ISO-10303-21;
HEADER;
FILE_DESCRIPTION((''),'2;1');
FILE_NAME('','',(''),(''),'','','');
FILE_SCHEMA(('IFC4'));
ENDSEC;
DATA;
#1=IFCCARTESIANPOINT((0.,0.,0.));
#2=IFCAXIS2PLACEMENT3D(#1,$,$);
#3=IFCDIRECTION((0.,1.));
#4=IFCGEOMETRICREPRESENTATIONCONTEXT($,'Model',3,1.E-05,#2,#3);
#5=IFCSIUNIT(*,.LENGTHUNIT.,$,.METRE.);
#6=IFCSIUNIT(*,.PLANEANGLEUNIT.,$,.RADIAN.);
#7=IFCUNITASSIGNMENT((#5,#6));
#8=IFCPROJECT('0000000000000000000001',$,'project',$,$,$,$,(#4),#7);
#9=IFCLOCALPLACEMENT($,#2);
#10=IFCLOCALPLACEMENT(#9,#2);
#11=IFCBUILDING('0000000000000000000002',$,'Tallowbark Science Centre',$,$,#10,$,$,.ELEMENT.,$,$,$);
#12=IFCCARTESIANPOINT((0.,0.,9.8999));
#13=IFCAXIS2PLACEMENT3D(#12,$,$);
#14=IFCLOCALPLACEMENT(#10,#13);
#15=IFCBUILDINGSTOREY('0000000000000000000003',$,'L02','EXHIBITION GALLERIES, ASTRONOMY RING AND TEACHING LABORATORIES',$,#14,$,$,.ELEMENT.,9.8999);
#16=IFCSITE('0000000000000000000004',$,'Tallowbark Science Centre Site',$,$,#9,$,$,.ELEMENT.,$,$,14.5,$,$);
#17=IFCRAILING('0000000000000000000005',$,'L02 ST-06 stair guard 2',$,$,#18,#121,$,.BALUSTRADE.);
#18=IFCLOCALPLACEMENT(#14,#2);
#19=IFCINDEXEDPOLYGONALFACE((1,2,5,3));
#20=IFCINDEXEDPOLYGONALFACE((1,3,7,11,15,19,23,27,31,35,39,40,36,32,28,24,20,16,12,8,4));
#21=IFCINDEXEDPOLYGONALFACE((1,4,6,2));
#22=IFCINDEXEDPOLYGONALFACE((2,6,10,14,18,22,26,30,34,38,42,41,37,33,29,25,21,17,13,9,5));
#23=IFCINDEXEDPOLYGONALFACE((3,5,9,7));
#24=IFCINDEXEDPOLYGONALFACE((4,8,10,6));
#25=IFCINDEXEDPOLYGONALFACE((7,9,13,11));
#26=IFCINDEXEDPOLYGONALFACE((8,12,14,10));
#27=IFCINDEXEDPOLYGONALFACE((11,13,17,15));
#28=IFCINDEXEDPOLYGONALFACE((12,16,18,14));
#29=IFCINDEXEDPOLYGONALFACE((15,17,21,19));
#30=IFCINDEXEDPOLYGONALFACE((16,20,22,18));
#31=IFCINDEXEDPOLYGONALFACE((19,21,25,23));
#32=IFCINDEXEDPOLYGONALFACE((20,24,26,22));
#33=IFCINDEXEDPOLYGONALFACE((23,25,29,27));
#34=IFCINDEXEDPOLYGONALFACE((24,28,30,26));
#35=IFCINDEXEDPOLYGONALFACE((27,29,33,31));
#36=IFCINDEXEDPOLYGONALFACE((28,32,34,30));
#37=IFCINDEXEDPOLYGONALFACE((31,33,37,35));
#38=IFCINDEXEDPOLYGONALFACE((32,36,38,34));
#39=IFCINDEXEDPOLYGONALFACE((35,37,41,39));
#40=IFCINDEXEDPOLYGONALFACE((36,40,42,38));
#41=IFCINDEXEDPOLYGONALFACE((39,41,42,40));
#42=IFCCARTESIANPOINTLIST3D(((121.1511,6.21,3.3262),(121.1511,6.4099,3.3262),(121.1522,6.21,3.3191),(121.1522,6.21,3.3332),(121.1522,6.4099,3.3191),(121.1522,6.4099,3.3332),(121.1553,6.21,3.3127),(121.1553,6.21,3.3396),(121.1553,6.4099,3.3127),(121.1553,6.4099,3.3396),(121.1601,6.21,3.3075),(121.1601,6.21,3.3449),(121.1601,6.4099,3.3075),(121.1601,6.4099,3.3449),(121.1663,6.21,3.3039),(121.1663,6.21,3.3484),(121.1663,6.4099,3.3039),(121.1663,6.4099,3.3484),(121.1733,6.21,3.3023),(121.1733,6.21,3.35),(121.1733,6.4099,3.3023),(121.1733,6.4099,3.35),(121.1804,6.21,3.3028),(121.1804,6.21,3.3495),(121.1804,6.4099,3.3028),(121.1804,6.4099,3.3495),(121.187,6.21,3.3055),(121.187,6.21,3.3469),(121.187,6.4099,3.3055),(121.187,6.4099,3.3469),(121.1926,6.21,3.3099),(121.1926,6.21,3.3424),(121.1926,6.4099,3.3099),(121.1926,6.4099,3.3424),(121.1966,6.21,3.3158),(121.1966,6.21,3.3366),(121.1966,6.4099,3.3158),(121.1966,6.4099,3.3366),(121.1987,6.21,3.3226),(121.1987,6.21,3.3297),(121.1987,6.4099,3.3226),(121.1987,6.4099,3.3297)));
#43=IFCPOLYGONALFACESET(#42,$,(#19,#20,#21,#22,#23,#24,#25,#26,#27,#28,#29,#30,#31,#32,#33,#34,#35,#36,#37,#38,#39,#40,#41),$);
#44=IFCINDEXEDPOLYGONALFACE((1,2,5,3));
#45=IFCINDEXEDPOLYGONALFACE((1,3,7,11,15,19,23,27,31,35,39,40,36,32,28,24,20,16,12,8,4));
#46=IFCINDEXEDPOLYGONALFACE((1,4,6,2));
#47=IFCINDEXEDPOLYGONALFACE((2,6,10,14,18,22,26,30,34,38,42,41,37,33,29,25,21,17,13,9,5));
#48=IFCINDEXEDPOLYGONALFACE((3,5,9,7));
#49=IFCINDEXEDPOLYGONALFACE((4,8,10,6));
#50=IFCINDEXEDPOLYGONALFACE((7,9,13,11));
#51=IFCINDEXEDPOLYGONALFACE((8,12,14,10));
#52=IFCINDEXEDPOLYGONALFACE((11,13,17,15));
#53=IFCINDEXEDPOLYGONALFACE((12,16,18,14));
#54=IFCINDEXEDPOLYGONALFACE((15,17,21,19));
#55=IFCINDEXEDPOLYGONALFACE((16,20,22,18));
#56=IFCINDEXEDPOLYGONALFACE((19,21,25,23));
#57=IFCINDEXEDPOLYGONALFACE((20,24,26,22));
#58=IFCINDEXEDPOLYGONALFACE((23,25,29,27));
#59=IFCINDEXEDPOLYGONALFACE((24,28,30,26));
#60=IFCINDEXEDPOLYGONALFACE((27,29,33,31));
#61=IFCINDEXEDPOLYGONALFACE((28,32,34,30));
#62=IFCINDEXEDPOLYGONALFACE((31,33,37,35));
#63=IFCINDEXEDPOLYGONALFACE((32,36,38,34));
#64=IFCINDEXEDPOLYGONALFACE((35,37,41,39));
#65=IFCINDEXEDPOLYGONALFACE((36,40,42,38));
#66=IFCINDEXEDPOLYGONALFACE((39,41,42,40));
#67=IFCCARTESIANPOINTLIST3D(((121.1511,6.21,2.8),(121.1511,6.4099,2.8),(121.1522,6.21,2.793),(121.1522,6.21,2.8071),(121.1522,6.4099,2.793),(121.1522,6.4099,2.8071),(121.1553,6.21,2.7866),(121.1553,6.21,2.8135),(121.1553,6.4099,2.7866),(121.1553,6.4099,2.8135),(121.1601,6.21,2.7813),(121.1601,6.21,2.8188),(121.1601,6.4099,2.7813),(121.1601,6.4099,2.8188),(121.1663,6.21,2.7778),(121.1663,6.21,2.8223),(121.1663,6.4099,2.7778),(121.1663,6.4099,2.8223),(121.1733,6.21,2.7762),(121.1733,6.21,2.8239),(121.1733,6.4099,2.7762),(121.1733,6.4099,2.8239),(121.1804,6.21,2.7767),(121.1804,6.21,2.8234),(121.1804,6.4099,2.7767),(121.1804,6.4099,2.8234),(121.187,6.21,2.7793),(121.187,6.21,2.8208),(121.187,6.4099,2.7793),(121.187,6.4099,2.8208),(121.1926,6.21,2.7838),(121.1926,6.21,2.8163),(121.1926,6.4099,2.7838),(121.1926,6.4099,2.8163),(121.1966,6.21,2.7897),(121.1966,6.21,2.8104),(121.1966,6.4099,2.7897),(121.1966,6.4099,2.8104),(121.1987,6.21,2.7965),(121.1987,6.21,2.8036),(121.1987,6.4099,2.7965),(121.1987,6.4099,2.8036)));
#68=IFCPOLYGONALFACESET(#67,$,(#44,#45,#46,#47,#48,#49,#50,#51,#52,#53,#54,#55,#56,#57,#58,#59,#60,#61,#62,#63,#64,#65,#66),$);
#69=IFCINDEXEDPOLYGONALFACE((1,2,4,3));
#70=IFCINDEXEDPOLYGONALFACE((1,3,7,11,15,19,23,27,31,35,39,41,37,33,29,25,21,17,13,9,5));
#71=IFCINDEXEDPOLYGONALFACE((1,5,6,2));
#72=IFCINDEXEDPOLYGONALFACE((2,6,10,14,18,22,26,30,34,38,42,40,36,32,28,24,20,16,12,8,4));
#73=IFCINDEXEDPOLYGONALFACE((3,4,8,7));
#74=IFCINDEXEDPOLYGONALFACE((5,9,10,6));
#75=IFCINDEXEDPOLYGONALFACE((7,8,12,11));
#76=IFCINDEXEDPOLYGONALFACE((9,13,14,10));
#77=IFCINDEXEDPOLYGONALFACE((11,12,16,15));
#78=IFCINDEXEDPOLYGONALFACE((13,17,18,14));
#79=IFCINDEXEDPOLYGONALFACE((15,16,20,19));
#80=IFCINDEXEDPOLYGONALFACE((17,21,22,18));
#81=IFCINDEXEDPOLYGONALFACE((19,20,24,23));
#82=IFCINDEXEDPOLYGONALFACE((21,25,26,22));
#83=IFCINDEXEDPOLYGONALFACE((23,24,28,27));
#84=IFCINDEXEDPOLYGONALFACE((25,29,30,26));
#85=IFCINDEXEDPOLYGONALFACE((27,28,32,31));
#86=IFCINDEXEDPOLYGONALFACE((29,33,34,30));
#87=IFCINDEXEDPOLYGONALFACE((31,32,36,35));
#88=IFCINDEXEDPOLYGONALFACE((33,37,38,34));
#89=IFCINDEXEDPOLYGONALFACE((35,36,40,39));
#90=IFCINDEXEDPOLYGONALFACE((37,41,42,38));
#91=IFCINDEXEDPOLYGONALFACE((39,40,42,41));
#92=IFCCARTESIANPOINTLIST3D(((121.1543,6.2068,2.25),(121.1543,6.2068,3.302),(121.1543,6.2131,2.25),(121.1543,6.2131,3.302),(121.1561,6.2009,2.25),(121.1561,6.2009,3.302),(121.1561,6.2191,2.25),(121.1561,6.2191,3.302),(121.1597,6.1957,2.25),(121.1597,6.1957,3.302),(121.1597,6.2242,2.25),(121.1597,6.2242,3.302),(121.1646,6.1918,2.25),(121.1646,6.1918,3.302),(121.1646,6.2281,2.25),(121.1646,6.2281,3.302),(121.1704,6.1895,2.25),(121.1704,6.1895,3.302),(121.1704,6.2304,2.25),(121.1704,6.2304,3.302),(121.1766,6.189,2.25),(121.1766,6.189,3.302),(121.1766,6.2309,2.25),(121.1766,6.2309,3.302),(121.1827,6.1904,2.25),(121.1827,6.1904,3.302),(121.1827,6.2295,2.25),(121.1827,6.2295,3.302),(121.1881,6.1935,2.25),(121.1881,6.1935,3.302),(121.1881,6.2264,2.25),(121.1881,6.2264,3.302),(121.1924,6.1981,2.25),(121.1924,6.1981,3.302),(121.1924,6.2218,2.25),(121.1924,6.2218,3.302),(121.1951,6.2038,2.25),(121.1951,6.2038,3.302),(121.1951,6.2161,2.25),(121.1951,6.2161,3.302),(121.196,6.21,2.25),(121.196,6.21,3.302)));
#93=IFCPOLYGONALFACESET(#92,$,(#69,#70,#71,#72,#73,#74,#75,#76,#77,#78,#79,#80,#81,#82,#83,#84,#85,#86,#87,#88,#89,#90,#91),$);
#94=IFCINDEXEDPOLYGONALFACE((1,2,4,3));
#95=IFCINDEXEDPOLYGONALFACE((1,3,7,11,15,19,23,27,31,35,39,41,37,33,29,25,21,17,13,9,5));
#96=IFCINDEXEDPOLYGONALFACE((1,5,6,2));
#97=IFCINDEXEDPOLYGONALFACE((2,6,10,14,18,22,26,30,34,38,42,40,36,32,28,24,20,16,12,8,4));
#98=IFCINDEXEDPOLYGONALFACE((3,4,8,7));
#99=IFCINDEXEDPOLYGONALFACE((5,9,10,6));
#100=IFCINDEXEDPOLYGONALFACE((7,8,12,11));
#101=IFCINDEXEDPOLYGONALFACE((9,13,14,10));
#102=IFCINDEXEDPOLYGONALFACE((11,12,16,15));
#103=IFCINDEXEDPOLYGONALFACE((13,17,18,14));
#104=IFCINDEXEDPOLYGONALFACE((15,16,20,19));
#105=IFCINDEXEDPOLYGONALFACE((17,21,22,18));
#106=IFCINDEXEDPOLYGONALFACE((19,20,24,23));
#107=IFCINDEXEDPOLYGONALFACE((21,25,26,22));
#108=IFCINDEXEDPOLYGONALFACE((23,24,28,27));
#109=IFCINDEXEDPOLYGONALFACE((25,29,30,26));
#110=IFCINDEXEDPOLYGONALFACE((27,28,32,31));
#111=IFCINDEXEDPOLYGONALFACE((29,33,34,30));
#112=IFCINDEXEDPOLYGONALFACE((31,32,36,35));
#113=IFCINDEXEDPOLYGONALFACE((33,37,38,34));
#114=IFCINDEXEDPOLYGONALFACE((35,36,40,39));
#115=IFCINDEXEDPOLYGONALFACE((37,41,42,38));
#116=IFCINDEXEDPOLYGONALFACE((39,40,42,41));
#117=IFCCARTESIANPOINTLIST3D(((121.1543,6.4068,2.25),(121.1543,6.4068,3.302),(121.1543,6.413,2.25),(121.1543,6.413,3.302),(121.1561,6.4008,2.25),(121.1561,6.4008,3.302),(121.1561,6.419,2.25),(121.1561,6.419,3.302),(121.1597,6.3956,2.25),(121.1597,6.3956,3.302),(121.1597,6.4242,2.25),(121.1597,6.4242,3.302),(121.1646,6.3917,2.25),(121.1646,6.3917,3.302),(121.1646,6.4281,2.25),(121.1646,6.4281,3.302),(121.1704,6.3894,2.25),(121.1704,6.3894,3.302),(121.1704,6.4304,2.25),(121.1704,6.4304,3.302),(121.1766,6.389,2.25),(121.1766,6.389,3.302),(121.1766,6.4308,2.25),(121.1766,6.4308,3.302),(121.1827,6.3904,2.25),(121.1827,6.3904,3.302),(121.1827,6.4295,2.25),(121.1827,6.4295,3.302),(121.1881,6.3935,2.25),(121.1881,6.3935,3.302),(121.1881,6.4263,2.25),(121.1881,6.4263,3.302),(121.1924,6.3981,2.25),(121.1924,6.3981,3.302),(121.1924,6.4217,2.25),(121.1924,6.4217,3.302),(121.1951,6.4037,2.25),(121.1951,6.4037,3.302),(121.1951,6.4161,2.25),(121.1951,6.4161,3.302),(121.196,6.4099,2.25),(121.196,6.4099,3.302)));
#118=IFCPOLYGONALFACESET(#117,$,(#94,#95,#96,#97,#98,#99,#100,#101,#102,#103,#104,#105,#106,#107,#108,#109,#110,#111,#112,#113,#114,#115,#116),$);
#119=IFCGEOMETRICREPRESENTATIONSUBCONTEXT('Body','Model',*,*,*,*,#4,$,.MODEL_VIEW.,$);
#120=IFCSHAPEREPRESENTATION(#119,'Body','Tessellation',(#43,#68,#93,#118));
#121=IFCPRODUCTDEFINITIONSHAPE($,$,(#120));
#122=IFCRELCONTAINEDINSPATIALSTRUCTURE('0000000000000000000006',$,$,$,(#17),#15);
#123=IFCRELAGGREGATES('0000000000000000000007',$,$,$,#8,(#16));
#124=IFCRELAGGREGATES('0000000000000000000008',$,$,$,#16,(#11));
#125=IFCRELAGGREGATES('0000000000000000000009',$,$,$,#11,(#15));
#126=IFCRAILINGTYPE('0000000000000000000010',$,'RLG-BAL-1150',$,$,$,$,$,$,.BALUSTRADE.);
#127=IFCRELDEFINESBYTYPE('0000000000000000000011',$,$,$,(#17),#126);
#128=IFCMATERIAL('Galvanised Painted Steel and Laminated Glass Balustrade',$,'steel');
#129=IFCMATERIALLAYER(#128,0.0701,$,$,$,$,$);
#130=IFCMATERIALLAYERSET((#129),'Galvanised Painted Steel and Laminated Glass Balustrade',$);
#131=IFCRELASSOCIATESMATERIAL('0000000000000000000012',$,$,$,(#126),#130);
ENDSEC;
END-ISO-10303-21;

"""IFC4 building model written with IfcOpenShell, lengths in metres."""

from ifc_helpers import new_model, si_unit, direction, frame, origin, origin_2d, place, context, subcontext, project, spatial, circle, extrude, material, layer, layer_set, type_object, element, save


model = new_model("IFC4")

# Units and contexts
model_context = context("Model", 3, precision=1e-05, world=origin(), true_north=direction((0.0, 1.0)))
body_context = subcontext(model_context, "Body", "Model", "MODEL_VIEW")
ifc_project = project(units=[si_unit("LENGTHUNIT", "METRE"), si_unit("PLANEANGLEUNIT", "RADIAN")], contexts=[model_context])

# Site, building, storey
site_placement = place(None, origin())
site = spatial("IfcSite", under=ifc_project, at=site_placement, Name="Tallowbark Science Centre Site", CompositionType="ELEMENT", RefElevation=14.5)
building_placement = place(site_placement, origin())
building = spatial("IfcBuilding", under=site, at=building_placement, Name="Tallowbark Science Centre", CompositionType="ELEMENT")
storey_placement = place(building_placement, frame((0.0, 0.0, 9.8999)))
storey = spatial("IfcBuildingStorey", under=building, at=storey_placement, Name="L02", Description="EXHIBITION GALLERIES, ASTRONOMY RING AND TEACHING LABORATORIES", CompositionType="ELEMENT", Elevation=9.8999)

# Railing
ifc_material_1 = material(Name="Galvanised Painted Steel and Laminated Glass Balustrade", Category="steel")
ifc_layer_1 = layer(ifc_material_1, 0.0701)
ifc_layer_set_1 = layer_set([ifc_layer_1], Name="Galvanised Painted Steel and Laminated Glass Balustrade")
railing_type_1 = type_object("IfcRailingType", Name="RLG-BAL-1150", PredefinedType="BALUSTRADE", material=ifc_layer_set_1)
railing_1_placement = place(storey_placement, frame((121.175, 6.21, 2.25)))
element("IfcRailing", 1, at=railing_1_placement, inside=storey, type_object=railing_type_1, Name="L02 ST-06 stair guard 2", PredefinedType="BALUSTRADE", context=body_context, shape_type="SweptSolid", body=[
    extrude(circle(Radius=0.0239, at=origin_2d()), frame((0.0, 0.0, 1.0762), z_axis=(0.0, 1.0, 0.0), x_axis=(-1.0, 0.0, 0.0)), (0.0, 0.0, 1.0), 0.2),
    extrude(circle(Radius=0.0239, at=origin_2d()), frame((0.0, 0.0, 0.55), z_axis=(0.0, 1.0, 0.0), x_axis=(-1.0, 0.0, 0.0)), (0.0, 0.0, 1.0), 0.2),
    extrude(circle(Radius=0.021, at=origin_2d()), origin(), (0.0, 0.0, 1.0), 1.052),
    extrude(circle(Radius=0.021, at=origin_2d()), frame((0.0, 0.2, 0.0)), (0.0, 0.0, 1.0), 1.052),
])

save(model, "model.ifc")
